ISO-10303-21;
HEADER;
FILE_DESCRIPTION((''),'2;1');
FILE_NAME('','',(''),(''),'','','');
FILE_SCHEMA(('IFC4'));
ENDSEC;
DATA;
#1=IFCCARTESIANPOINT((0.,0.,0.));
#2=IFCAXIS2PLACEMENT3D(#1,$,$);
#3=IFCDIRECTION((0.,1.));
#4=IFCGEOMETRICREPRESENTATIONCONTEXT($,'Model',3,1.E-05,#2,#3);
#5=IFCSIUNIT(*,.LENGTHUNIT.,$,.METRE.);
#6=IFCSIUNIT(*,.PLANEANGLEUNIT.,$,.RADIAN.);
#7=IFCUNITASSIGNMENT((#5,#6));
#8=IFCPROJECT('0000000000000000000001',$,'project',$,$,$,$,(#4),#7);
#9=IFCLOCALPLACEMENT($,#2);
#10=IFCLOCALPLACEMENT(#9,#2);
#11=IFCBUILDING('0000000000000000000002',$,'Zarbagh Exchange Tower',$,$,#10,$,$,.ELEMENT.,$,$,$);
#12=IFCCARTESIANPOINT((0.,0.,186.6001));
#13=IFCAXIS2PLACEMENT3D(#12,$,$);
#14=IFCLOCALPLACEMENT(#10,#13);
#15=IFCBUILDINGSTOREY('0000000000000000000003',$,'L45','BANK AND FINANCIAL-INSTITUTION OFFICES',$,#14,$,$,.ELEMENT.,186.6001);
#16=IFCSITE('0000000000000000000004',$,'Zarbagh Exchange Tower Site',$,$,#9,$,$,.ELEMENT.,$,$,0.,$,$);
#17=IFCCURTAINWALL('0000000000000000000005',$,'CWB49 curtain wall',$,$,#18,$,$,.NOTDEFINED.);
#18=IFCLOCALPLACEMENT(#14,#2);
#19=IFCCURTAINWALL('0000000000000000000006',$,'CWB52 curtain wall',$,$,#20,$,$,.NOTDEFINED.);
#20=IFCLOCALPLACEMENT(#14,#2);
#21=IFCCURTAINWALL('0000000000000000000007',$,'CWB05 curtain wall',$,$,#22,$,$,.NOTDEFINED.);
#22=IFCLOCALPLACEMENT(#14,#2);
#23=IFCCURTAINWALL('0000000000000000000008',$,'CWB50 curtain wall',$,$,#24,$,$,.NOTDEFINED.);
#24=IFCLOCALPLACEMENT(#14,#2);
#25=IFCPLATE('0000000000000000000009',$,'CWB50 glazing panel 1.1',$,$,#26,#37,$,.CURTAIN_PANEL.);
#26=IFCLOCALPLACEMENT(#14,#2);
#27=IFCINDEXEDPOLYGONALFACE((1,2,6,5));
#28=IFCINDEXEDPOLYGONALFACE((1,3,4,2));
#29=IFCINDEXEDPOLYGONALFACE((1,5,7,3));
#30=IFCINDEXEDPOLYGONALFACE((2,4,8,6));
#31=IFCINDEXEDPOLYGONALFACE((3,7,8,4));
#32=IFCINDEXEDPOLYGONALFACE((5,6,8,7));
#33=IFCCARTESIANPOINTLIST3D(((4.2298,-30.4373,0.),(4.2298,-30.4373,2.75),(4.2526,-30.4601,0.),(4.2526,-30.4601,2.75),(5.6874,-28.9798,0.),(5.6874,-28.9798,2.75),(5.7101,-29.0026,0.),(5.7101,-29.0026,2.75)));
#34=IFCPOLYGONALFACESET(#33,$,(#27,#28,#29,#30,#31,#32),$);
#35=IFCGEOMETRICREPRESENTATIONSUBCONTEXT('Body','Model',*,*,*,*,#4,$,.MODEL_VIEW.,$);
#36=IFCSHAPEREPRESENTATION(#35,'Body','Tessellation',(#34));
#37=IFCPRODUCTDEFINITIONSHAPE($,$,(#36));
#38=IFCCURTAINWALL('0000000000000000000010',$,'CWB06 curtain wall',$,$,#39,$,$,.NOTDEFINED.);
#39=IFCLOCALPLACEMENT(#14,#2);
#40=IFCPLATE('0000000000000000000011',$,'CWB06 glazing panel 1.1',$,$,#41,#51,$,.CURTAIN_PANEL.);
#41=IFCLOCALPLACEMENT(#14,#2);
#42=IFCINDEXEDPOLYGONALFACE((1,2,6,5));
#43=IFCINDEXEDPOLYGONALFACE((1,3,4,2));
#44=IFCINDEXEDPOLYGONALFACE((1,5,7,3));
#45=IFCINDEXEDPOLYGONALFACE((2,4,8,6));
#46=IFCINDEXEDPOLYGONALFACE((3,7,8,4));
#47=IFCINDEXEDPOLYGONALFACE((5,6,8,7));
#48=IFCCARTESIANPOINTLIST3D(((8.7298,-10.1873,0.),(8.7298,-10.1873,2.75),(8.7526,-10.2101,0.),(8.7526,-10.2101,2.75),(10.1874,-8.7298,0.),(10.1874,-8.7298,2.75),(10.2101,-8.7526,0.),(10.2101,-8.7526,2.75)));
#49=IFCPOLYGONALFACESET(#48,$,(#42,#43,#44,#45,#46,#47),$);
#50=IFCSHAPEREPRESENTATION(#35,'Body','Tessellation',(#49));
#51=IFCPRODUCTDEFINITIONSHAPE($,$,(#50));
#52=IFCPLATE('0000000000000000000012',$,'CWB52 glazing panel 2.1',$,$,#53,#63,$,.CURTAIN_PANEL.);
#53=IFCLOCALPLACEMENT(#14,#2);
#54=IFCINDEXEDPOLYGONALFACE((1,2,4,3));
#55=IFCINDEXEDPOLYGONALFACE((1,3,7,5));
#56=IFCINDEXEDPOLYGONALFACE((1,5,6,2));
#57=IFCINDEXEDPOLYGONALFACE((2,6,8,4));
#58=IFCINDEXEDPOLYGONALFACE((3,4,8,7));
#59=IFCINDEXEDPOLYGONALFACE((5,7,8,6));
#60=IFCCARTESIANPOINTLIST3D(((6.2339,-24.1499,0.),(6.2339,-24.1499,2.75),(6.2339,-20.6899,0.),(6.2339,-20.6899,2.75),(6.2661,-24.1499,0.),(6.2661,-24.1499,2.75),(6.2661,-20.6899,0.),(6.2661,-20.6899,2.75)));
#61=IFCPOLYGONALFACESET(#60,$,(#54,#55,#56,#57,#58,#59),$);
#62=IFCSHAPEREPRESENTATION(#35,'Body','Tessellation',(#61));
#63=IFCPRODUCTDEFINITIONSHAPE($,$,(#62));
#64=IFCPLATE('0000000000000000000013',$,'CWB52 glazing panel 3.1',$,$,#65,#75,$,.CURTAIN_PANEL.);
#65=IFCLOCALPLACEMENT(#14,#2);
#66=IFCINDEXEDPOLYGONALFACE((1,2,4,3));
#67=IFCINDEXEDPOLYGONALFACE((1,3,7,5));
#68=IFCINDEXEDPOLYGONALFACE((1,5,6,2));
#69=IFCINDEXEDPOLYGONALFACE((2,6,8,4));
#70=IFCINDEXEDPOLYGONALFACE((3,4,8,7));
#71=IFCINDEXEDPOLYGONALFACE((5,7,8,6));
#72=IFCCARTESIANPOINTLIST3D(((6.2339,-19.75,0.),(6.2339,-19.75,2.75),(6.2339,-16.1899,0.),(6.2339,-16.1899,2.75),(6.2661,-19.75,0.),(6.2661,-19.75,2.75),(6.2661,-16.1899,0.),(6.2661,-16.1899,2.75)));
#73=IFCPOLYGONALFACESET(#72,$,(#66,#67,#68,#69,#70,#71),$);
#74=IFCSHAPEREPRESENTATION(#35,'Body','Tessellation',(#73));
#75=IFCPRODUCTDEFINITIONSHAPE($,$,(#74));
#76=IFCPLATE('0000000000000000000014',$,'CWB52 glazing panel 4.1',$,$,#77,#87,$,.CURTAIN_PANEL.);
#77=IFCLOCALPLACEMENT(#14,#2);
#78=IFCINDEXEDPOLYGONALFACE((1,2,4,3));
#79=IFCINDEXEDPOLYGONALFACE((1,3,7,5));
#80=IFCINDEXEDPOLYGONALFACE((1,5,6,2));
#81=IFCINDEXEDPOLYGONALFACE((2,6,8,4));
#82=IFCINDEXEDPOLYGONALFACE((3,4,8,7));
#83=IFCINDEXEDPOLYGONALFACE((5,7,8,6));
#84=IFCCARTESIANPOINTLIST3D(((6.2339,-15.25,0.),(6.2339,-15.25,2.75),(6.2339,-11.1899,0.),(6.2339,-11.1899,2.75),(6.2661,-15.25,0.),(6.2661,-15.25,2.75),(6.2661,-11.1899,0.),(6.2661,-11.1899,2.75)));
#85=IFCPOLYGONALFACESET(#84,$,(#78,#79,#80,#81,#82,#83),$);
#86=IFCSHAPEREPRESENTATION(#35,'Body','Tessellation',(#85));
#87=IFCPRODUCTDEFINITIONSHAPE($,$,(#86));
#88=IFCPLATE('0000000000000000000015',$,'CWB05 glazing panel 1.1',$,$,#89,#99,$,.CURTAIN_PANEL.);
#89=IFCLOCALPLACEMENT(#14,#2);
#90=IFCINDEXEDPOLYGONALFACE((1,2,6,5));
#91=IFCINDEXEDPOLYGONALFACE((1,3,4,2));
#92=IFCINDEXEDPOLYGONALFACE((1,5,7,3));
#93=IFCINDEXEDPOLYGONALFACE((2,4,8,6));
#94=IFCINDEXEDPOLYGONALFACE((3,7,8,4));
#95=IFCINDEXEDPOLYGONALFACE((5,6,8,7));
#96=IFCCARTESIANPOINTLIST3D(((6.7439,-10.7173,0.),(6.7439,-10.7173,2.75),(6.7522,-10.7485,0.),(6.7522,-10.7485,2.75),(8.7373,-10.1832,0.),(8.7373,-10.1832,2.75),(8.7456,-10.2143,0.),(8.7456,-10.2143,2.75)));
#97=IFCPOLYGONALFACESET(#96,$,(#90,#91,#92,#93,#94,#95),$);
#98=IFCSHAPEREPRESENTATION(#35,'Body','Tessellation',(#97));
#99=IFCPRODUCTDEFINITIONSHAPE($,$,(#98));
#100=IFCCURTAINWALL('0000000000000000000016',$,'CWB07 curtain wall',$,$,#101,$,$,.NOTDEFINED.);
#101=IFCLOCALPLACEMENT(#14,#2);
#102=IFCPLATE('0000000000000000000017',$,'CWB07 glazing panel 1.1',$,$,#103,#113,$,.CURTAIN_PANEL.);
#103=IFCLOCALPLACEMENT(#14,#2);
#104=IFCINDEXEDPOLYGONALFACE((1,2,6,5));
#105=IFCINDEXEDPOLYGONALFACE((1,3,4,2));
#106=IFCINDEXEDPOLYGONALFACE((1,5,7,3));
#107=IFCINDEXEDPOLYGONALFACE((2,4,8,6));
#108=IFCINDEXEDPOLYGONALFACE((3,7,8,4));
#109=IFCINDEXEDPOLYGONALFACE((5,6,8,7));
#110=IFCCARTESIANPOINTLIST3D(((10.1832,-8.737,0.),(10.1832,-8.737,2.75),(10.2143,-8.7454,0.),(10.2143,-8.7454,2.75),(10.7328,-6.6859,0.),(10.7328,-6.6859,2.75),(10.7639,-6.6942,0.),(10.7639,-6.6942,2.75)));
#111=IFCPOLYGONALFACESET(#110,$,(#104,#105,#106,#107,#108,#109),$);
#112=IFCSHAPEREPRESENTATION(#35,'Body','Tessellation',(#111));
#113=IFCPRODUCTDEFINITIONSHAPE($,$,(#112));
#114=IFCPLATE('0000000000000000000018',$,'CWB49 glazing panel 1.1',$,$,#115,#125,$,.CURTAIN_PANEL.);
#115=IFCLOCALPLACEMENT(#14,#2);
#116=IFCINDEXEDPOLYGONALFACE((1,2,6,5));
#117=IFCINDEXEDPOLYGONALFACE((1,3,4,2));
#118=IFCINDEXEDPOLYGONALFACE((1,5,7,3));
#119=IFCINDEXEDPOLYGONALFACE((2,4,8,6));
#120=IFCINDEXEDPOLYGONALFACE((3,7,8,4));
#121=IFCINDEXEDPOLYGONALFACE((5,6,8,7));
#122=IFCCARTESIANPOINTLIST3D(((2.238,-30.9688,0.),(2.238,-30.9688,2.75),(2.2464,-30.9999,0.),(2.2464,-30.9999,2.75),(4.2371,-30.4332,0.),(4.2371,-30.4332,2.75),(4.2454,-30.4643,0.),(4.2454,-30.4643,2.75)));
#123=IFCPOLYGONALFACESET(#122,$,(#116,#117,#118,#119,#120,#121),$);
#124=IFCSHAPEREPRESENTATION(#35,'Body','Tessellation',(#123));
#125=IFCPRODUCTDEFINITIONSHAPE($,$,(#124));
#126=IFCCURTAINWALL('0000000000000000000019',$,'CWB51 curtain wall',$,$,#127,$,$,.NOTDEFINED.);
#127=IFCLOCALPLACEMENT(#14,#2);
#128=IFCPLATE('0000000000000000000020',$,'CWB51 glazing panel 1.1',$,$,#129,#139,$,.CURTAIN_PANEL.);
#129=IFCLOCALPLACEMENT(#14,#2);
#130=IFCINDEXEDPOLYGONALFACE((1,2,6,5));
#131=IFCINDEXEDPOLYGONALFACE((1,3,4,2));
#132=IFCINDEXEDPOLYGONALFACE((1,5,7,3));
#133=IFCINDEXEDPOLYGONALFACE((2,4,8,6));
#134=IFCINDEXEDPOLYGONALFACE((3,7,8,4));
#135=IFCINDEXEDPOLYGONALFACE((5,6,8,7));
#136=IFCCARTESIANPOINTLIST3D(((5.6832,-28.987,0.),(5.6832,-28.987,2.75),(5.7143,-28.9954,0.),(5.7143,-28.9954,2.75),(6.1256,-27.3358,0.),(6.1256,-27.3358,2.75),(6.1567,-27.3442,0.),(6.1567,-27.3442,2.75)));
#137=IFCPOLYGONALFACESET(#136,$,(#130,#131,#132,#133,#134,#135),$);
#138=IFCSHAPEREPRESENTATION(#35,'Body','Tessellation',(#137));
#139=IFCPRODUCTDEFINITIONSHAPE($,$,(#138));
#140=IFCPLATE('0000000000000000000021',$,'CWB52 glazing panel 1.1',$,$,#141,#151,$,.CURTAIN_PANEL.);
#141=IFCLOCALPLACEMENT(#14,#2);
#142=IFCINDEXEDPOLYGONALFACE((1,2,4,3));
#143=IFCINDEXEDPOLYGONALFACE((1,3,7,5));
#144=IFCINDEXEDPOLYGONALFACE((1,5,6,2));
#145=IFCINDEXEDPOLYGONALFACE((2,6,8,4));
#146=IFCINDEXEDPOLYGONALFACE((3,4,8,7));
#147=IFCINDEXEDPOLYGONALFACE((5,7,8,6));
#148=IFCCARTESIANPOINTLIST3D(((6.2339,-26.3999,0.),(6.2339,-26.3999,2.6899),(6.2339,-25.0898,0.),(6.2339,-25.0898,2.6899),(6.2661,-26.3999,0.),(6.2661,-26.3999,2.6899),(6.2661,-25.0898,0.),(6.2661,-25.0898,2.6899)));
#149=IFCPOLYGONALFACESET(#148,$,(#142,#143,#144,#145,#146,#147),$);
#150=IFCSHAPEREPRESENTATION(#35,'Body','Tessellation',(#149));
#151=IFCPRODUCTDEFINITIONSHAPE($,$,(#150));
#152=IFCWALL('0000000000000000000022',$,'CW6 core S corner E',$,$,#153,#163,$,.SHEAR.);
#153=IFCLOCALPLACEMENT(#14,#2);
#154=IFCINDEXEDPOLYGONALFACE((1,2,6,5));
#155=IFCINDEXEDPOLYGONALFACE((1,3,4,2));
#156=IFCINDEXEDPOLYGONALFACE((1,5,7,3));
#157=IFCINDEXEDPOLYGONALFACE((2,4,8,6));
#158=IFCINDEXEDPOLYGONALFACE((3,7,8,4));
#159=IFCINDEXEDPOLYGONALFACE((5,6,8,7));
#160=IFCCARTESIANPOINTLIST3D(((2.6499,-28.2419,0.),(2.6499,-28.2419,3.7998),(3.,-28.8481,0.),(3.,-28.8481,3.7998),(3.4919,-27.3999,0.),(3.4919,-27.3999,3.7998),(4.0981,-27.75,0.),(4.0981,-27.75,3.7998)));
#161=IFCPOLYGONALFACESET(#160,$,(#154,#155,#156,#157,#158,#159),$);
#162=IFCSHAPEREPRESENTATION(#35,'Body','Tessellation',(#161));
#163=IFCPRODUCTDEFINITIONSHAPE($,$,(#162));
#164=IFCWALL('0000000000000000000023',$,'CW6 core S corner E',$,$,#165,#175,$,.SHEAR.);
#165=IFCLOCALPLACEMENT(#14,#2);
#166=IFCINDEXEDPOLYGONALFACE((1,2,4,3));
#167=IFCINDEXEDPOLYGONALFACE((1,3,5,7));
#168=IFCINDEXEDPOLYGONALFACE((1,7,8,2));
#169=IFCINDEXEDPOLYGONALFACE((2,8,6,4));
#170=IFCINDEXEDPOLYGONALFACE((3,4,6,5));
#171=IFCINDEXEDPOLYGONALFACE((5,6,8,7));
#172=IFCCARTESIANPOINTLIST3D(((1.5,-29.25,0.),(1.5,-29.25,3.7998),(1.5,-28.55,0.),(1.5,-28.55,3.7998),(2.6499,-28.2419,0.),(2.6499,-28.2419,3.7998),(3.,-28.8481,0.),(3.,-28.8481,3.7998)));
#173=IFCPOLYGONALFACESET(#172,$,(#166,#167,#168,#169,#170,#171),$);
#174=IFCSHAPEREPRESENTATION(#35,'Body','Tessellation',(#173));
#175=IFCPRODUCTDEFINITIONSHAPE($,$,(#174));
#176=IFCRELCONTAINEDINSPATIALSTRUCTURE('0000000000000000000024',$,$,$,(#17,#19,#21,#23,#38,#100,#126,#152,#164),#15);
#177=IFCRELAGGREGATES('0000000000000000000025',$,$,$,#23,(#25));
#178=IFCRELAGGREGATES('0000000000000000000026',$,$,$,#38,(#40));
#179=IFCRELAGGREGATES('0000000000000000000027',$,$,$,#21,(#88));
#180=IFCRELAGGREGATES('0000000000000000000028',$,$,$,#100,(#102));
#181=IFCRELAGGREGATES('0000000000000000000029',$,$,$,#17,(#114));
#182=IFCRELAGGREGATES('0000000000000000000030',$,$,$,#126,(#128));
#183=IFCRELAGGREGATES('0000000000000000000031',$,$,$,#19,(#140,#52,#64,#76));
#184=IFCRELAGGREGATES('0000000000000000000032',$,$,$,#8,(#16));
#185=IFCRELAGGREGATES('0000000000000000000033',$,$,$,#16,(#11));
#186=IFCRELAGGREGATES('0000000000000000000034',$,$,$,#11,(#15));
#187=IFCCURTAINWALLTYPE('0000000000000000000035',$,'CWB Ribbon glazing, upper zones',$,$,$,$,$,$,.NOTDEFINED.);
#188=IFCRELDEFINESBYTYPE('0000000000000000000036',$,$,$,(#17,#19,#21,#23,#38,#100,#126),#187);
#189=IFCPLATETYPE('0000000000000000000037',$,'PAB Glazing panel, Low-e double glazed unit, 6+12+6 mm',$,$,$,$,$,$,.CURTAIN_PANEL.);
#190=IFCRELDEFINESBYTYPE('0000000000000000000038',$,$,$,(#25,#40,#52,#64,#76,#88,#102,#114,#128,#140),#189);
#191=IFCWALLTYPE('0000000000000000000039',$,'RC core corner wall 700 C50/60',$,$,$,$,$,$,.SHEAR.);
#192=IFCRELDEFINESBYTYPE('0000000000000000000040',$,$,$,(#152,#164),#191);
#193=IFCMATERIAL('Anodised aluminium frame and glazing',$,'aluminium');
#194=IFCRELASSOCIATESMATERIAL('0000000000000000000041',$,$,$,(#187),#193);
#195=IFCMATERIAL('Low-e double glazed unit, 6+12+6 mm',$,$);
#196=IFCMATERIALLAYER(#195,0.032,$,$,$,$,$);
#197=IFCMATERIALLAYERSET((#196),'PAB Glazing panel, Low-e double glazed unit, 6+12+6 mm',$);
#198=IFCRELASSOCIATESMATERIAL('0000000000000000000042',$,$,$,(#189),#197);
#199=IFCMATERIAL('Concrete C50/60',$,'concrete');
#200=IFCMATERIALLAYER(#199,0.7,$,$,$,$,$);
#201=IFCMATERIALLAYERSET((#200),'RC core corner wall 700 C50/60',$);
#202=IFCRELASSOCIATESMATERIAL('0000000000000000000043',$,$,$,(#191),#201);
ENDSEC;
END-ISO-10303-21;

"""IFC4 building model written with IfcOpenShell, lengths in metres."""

from ifc_helpers import new_model, si_unit, direction, frame, origin, place, context, subcontext, project, spatial, polyline, outline, extrude, source, transform, mapped, material, layer, layer_set, type_object, element, aggregate, save


model = new_model("IFC4")

# Units and contexts
model_context = context("Model", 3, precision=1e-05, world=origin(), true_north=direction((0.0, 1.0)))
body_context = subcontext(model_context, "Body", "Model", "MODEL_VIEW")
ifc_project = project(units=[si_unit("LENGTHUNIT", "METRE"), si_unit("PLANEANGLEUNIT", "RADIAN")], contexts=[model_context])

# Site, building, storey
site_placement = place(None, origin())
site = spatial("IfcSite", under=ifc_project, at=site_placement, Name="Zarbagh Exchange Tower Site", CompositionType="ELEMENT", RefElevation=0.0)
building_placement = place(site_placement, origin())
building = spatial("IfcBuilding", under=site, at=building_placement, Name="Zarbagh Exchange Tower", CompositionType="ELEMENT")
storey_placement = place(building_placement, frame((0.0, 0.0, 186.6001)))
storey = spatial("IfcBuildingStorey", under=building, at=storey_placement, Name="L45", Description="BANK AND FINANCIAL-INSTITUTION OFFICES", CompositionType="ELEMENT", Elevation=186.6001)

# Curtain wall
ifc_material_1 = material(Name="Anodised aluminium frame and glazing", Category="aluminium")
curtain_wall_type = type_object("IfcCurtainWallType", Name="CWB Ribbon glazing, upper zones", PredefinedType="NOTDEFINED", material=ifc_material_1)
curtain_wall_1_placement = place(storey_placement, origin())
curtain_wall_1 = element("IfcCurtainWall", 1, at=curtain_wall_1_placement, inside=storey, type_object=curtain_wall_type, Name="CWB49 curtain wall", PredefinedType="NOTDEFINED")
placement = place(storey_placement, origin())

# Curtain wall
curtain_wall_2_placement = place(storey_placement, origin())
curtain_wall_2 = element("IfcCurtainWall", 2, at=curtain_wall_2_placement, inside=storey, type_object=curtain_wall_type, Name="CWB52 curtain wall", PredefinedType="NOTDEFINED")

# Curtain wall
curtain_wall_3_placement = place(storey_placement, origin())
curtain_wall_3 = element("IfcCurtainWall", 3, at=curtain_wall_3_placement, inside=storey, type_object=curtain_wall_type, Name="CWB05 curtain wall", PredefinedType="NOTDEFINED")

# Curtain walls, plates
curtain_wall_4_placement = place(storey_placement, origin())
curtain_wall_4 = element("IfcCurtainWall", 4, at=curtain_wall_4_placement, inside=storey, type_object=curtain_wall_type, Name="CWB50 curtain wall", PredefinedType="NOTDEFINED")
ifc_material_2 = material(Name="Low-e double glazed unit, 6+12+6 mm")
ifc_layer_1 = layer(ifc_material_2, 0.032)
ifc_layer_set_1 = layer_set([ifc_layer_1], Name="PAB Glazing panel, Low-e double glazed unit, 6+12+6 mm")
plate_type = type_object("IfcPlateType", Name="PAB Glazing panel, Low-e double glazed unit, 6+12+6 mm", PredefinedType="CURTAIN_PANEL", material=ifc_layer_set_1)
shared_shape_1 = source(origin(), body_context, "Body", "SweptSolid", [
    extrude(outline(polyline([(0.0, -0.0161), (2.0613, -0.0161), (2.0613, 0.0161), (0.0, 0.0161), (0.0, -0.0161)])), origin(), (0.0, 0.0, 1.0), 2.75),
])
plate_1 = element("IfcPlate", 5, at=placement, type_object=plate_type, Name="CWB50 glazing panel 1.1", PredefinedType="CURTAIN_PANEL", context=body_context, shape_type="MappedRepresentation", body=[
    mapped(shared_shape_1, transform((4.2412, -30.4487, 0.0), x_axis=(0.707107, 0.707107, 0.0), y_axis=(-0.707107, 0.707107, 0.0), z_axis=(0.0, 0.0, 1.0))),
])
aggregate(curtain_wall_4, [plate_1])
curtain_wall_5_placement = place(storey_placement, origin())
curtain_wall_5 = element("IfcCurtainWall", 6, at=curtain_wall_5_placement, inside=storey, type_object=curtain_wall_type, Name="CWB06 curtain wall", PredefinedType="NOTDEFINED")
plate_2 = element("IfcPlate", 7, at=placement, type_object=plate_type, Name="CWB06 glazing panel 1.1", PredefinedType="CURTAIN_PANEL", context=body_context, shape_type="MappedRepresentation", body=[
    mapped(shared_shape_1, transform((8.7412, -10.1987, 0.0), x_axis=(0.707107, 0.707107, 0.0), y_axis=(-0.707107, 0.707107, 0.0), z_axis=(0.0, 0.0, 1.0))),
])
aggregate(curtain_wall_5, [plate_2])

# Plates
shared_shape_2 = source(origin(), body_context, "Body", "SweptSolid", [
    extrude(outline(polyline([(0.0, -0.0161), (3.46, -0.0161), (3.46, 0.0161), (0.0, 0.0161), (0.0, -0.0161)])), origin(), (0.0, 0.0, 1.0), 2.75),
])
plate_3 = element("IfcPlate", 8, at=placement, type_object=plate_type, Name="CWB52 glazing panel 2.1", PredefinedType="CURTAIN_PANEL", context=body_context, shape_type="MappedRepresentation", body=[
    mapped(shared_shape_2, transform((6.25, -24.1499, 0.0), x_axis=(0.0, 1.0, 0.0), y_axis=(-1.0, 0.0, 0.0), z_axis=(0.0, 0.0, 1.0))),
])
shared_shape_3 = source(origin(), body_context, "Body", "SweptSolid", [
    extrude(outline(polyline([(0.0, -0.0161), (3.5601, -0.0161), (3.5601, 0.0161), (0.0, 0.0161), (0.0, -0.0161)])), origin(), (0.0, 0.0, 1.0), 2.75),
])
plate_4 = element("IfcPlate", 9, at=placement, type_object=plate_type, Name="CWB52 glazing panel 3.1", PredefinedType="CURTAIN_PANEL", context=body_context, shape_type="MappedRepresentation", body=[
    mapped(shared_shape_3, transform((6.25, -19.75, 0.0), x_axis=(0.0, 1.0, 0.0), y_axis=(-1.0, 0.0, 0.0), z_axis=(0.0, 0.0, 1.0))),
])
shared_shape_4 = source(origin(), body_context, "Body", "SweptSolid", [
    extrude(outline(polyline([(0.0, -0.0161), (4.0601, -0.0161), (4.0601, 0.0161), (0.0, 0.0161), (0.0, -0.0161)])), origin(), (0.0, 0.0, 1.0), 2.75),
])
plate_5 = element("IfcPlate", 10, at=placement, type_object=plate_type, Name="CWB52 glazing panel 4.1", PredefinedType="CURTAIN_PANEL", context=body_context, shape_type="MappedRepresentation", body=[
    mapped(shared_shape_4, transform((6.25, -15.25, 0.0), x_axis=(0.0, 1.0, 0.0), y_axis=(-1.0, 0.0, 0.0), z_axis=(0.0, 0.0, 1.0))),
])
shared_shape_5 = source(origin(), body_context, "Body", "SweptSolid", [
    extrude(outline(polyline([(0.0, -0.0161), (2.0637, -0.0161), (2.0637, 0.0161), (0.0, 0.0161), (0.0, -0.0161)])), origin(), (0.0, 0.0, 1.0), 2.75),
])
plate_6 = element("IfcPlate", 11, at=placement, type_object=plate_type, Name="CWB05 glazing panel 1.1", PredefinedType="CURTAIN_PANEL", context=body_context, shape_type="MappedRepresentation", body=[
    mapped(shared_shape_5, transform((6.748, -10.7329, 0.0), x_axis=(0.965924, 0.258825, 0.0), y_axis=(-0.258825, 0.965924, 0.0), z_axis=(0.0, 0.0, 1.0))),
])
aggregate(curtain_wall_3, [plate_6])

# Curtain wall, plate
curtain_wall_6_placement = place(storey_placement, origin())
curtain_wall_6 = element("IfcCurtainWall", 12, at=curtain_wall_6_placement, inside=storey, type_object=curtain_wall_type, Name="CWB07 curtain wall", PredefinedType="NOTDEFINED")
shared_shape_6 = source(origin(), body_context, "Body", "SweptSolid", [
    extrude(outline(polyline([(0.0, -0.0161), (2.1235, -0.0161), (2.1235, 0.0161), (0.0, 0.0161), (0.0, -0.0161)])), origin(), (0.0, 0.0, 1.0), 2.75),
])
plate_7 = element("IfcPlate", 13, at=placement, type_object=plate_type, Name="CWB07 glazing panel 1.1", PredefinedType="CURTAIN_PANEL", context=body_context, shape_type="MappedRepresentation", body=[
    mapped(shared_shape_6, transform((10.1987, -8.7412, 0.0), x_axis=(0.258825, 0.965924, 0.0), y_axis=(-0.965924, 0.258825, 0.0), z_axis=(0.0, 0.0, 1.0))),
])
aggregate(curtain_wall_6, [plate_7])

# Plate
shared_shape_7 = source(origin(), body_context, "Body", "SweptSolid", [
    extrude(outline(polyline([(0.0, -0.0161), (2.0696, -0.0161), (2.0696, 0.0161), (0.0, 0.0161), (0.0, -0.0161)])), origin(), (0.0, 0.0, 1.0), 2.75),
])
plate_8 = element("IfcPlate", 14, at=placement, type_object=plate_type, Name="CWB49 glazing panel 1.1", PredefinedType="CURTAIN_PANEL", context=body_context, shape_type="MappedRepresentation", body=[
    mapped(shared_shape_7, transform((2.2422, -30.9844, 0.0), x_axis=(0.965924, 0.258825, 0.0), y_axis=(-0.258825, 0.965924, 0.0), z_axis=(0.0, 0.0, 1.0))),
])
aggregate(curtain_wall_1, [plate_8])

# Curtain wall, plate
curtain_wall_7_placement = place(storey_placement, origin())
curtain_wall_7 = element("IfcCurtainWall", 15, at=curtain_wall_7_placement, inside=storey, type_object=curtain_wall_type, Name="CWB51 curtain wall", PredefinedType="NOTDEFINED")
shared_shape_8 = source(origin(), body_context, "Body", "SweptSolid", [
    extrude(outline(polyline([(0.0, -0.0161), (1.7095, -0.0161), (1.7095, 0.0161), (0.0, 0.0161), (0.0, -0.0161)])), origin(), (0.0, 0.0, 1.0), 2.75),
])
plate_9 = element("IfcPlate", 16, at=placement, type_object=plate_type, Name="CWB51 glazing panel 1.1", PredefinedType="CURTAIN_PANEL", context=body_context, shape_type="MappedRepresentation", body=[
    mapped(shared_shape_8, transform((5.6987, -28.9912, 0.0), x_axis=(0.258825, 0.965924, 0.0), y_axis=(-0.965924, 0.258825, 0.0), z_axis=(0.0, 0.0, 1.0))),
])
aggregate(curtain_wall_7, [plate_9])

# Plate
shared_shape_9 = source(origin(), body_context, "Body", "SweptSolid", [
    extrude(outline(polyline([(0.0, -0.0161), (1.3101, -0.0161), (1.3101, 0.0161), (0.0, 0.0161), (0.0, -0.0161)])), origin(), (0.0, 0.0, 1.0), 2.6899),
])
plate_10 = element("IfcPlate", 17, at=placement, type_object=plate_type, Name="CWB52 glazing panel 1.1", PredefinedType="CURTAIN_PANEL", context=body_context, shape_type="MappedRepresentation", body=[
    mapped(shared_shape_9, transform((6.25, -26.3999, 0.0), x_axis=(0.0, 1.0, 0.0), y_axis=(-1.0, 0.0, 0.0), z_axis=(0.0, 0.0, 1.0))),
])
aggregate(curtain_wall_2, [plate_10, plate_3, plate_4, plate_5])

# Walls
ifc_material_3 = material(Name="Concrete C50/60", Category="concrete")
ifc_layer_2 = layer(ifc_material_3, 0.7)
ifc_layer_set_2 = layer_set([ifc_layer_2], Name="RC core corner wall 700 C50/60")
wall_type = type_object("IfcWallType", Name="RC core corner wall 700 C50/60", PredefinedType="SHEAR", material=ifc_layer_set_2)
wall_1_placement = place(storey_placement, origin())
element("IfcWall", 18, at=wall_1_placement, inside=storey, type_object=wall_type, Name="CW6 core S corner E", PredefinedType="SHEAR", context=body_context, shape_type="SweptSolid", body=[
    extrude(outline(polyline([(4.0981, -27.75), (3.0, -28.8481), (2.6499, -28.2419), (3.4919, -27.3999), (4.0981, -27.75)])), origin(), (0.0, 0.0, 1.0), 3.7998),
])
wall_2_placement = place(storey_placement, origin())
element("IfcWall", 19, at=wall_2_placement, inside=storey, type_object=wall_type, Name="CW6 core S corner E", PredefinedType="SHEAR", context=body_context, shape_type="SweptSolid", body=[
    extrude(outline(polyline([(3.0, -28.8481), (1.5, -29.25), (1.5, -28.55), (2.6499, -28.2419), (3.0, -28.8481)])), origin(), (0.0, 0.0, 1.0), 3.7998),
])

save(model, "model.ifc")
